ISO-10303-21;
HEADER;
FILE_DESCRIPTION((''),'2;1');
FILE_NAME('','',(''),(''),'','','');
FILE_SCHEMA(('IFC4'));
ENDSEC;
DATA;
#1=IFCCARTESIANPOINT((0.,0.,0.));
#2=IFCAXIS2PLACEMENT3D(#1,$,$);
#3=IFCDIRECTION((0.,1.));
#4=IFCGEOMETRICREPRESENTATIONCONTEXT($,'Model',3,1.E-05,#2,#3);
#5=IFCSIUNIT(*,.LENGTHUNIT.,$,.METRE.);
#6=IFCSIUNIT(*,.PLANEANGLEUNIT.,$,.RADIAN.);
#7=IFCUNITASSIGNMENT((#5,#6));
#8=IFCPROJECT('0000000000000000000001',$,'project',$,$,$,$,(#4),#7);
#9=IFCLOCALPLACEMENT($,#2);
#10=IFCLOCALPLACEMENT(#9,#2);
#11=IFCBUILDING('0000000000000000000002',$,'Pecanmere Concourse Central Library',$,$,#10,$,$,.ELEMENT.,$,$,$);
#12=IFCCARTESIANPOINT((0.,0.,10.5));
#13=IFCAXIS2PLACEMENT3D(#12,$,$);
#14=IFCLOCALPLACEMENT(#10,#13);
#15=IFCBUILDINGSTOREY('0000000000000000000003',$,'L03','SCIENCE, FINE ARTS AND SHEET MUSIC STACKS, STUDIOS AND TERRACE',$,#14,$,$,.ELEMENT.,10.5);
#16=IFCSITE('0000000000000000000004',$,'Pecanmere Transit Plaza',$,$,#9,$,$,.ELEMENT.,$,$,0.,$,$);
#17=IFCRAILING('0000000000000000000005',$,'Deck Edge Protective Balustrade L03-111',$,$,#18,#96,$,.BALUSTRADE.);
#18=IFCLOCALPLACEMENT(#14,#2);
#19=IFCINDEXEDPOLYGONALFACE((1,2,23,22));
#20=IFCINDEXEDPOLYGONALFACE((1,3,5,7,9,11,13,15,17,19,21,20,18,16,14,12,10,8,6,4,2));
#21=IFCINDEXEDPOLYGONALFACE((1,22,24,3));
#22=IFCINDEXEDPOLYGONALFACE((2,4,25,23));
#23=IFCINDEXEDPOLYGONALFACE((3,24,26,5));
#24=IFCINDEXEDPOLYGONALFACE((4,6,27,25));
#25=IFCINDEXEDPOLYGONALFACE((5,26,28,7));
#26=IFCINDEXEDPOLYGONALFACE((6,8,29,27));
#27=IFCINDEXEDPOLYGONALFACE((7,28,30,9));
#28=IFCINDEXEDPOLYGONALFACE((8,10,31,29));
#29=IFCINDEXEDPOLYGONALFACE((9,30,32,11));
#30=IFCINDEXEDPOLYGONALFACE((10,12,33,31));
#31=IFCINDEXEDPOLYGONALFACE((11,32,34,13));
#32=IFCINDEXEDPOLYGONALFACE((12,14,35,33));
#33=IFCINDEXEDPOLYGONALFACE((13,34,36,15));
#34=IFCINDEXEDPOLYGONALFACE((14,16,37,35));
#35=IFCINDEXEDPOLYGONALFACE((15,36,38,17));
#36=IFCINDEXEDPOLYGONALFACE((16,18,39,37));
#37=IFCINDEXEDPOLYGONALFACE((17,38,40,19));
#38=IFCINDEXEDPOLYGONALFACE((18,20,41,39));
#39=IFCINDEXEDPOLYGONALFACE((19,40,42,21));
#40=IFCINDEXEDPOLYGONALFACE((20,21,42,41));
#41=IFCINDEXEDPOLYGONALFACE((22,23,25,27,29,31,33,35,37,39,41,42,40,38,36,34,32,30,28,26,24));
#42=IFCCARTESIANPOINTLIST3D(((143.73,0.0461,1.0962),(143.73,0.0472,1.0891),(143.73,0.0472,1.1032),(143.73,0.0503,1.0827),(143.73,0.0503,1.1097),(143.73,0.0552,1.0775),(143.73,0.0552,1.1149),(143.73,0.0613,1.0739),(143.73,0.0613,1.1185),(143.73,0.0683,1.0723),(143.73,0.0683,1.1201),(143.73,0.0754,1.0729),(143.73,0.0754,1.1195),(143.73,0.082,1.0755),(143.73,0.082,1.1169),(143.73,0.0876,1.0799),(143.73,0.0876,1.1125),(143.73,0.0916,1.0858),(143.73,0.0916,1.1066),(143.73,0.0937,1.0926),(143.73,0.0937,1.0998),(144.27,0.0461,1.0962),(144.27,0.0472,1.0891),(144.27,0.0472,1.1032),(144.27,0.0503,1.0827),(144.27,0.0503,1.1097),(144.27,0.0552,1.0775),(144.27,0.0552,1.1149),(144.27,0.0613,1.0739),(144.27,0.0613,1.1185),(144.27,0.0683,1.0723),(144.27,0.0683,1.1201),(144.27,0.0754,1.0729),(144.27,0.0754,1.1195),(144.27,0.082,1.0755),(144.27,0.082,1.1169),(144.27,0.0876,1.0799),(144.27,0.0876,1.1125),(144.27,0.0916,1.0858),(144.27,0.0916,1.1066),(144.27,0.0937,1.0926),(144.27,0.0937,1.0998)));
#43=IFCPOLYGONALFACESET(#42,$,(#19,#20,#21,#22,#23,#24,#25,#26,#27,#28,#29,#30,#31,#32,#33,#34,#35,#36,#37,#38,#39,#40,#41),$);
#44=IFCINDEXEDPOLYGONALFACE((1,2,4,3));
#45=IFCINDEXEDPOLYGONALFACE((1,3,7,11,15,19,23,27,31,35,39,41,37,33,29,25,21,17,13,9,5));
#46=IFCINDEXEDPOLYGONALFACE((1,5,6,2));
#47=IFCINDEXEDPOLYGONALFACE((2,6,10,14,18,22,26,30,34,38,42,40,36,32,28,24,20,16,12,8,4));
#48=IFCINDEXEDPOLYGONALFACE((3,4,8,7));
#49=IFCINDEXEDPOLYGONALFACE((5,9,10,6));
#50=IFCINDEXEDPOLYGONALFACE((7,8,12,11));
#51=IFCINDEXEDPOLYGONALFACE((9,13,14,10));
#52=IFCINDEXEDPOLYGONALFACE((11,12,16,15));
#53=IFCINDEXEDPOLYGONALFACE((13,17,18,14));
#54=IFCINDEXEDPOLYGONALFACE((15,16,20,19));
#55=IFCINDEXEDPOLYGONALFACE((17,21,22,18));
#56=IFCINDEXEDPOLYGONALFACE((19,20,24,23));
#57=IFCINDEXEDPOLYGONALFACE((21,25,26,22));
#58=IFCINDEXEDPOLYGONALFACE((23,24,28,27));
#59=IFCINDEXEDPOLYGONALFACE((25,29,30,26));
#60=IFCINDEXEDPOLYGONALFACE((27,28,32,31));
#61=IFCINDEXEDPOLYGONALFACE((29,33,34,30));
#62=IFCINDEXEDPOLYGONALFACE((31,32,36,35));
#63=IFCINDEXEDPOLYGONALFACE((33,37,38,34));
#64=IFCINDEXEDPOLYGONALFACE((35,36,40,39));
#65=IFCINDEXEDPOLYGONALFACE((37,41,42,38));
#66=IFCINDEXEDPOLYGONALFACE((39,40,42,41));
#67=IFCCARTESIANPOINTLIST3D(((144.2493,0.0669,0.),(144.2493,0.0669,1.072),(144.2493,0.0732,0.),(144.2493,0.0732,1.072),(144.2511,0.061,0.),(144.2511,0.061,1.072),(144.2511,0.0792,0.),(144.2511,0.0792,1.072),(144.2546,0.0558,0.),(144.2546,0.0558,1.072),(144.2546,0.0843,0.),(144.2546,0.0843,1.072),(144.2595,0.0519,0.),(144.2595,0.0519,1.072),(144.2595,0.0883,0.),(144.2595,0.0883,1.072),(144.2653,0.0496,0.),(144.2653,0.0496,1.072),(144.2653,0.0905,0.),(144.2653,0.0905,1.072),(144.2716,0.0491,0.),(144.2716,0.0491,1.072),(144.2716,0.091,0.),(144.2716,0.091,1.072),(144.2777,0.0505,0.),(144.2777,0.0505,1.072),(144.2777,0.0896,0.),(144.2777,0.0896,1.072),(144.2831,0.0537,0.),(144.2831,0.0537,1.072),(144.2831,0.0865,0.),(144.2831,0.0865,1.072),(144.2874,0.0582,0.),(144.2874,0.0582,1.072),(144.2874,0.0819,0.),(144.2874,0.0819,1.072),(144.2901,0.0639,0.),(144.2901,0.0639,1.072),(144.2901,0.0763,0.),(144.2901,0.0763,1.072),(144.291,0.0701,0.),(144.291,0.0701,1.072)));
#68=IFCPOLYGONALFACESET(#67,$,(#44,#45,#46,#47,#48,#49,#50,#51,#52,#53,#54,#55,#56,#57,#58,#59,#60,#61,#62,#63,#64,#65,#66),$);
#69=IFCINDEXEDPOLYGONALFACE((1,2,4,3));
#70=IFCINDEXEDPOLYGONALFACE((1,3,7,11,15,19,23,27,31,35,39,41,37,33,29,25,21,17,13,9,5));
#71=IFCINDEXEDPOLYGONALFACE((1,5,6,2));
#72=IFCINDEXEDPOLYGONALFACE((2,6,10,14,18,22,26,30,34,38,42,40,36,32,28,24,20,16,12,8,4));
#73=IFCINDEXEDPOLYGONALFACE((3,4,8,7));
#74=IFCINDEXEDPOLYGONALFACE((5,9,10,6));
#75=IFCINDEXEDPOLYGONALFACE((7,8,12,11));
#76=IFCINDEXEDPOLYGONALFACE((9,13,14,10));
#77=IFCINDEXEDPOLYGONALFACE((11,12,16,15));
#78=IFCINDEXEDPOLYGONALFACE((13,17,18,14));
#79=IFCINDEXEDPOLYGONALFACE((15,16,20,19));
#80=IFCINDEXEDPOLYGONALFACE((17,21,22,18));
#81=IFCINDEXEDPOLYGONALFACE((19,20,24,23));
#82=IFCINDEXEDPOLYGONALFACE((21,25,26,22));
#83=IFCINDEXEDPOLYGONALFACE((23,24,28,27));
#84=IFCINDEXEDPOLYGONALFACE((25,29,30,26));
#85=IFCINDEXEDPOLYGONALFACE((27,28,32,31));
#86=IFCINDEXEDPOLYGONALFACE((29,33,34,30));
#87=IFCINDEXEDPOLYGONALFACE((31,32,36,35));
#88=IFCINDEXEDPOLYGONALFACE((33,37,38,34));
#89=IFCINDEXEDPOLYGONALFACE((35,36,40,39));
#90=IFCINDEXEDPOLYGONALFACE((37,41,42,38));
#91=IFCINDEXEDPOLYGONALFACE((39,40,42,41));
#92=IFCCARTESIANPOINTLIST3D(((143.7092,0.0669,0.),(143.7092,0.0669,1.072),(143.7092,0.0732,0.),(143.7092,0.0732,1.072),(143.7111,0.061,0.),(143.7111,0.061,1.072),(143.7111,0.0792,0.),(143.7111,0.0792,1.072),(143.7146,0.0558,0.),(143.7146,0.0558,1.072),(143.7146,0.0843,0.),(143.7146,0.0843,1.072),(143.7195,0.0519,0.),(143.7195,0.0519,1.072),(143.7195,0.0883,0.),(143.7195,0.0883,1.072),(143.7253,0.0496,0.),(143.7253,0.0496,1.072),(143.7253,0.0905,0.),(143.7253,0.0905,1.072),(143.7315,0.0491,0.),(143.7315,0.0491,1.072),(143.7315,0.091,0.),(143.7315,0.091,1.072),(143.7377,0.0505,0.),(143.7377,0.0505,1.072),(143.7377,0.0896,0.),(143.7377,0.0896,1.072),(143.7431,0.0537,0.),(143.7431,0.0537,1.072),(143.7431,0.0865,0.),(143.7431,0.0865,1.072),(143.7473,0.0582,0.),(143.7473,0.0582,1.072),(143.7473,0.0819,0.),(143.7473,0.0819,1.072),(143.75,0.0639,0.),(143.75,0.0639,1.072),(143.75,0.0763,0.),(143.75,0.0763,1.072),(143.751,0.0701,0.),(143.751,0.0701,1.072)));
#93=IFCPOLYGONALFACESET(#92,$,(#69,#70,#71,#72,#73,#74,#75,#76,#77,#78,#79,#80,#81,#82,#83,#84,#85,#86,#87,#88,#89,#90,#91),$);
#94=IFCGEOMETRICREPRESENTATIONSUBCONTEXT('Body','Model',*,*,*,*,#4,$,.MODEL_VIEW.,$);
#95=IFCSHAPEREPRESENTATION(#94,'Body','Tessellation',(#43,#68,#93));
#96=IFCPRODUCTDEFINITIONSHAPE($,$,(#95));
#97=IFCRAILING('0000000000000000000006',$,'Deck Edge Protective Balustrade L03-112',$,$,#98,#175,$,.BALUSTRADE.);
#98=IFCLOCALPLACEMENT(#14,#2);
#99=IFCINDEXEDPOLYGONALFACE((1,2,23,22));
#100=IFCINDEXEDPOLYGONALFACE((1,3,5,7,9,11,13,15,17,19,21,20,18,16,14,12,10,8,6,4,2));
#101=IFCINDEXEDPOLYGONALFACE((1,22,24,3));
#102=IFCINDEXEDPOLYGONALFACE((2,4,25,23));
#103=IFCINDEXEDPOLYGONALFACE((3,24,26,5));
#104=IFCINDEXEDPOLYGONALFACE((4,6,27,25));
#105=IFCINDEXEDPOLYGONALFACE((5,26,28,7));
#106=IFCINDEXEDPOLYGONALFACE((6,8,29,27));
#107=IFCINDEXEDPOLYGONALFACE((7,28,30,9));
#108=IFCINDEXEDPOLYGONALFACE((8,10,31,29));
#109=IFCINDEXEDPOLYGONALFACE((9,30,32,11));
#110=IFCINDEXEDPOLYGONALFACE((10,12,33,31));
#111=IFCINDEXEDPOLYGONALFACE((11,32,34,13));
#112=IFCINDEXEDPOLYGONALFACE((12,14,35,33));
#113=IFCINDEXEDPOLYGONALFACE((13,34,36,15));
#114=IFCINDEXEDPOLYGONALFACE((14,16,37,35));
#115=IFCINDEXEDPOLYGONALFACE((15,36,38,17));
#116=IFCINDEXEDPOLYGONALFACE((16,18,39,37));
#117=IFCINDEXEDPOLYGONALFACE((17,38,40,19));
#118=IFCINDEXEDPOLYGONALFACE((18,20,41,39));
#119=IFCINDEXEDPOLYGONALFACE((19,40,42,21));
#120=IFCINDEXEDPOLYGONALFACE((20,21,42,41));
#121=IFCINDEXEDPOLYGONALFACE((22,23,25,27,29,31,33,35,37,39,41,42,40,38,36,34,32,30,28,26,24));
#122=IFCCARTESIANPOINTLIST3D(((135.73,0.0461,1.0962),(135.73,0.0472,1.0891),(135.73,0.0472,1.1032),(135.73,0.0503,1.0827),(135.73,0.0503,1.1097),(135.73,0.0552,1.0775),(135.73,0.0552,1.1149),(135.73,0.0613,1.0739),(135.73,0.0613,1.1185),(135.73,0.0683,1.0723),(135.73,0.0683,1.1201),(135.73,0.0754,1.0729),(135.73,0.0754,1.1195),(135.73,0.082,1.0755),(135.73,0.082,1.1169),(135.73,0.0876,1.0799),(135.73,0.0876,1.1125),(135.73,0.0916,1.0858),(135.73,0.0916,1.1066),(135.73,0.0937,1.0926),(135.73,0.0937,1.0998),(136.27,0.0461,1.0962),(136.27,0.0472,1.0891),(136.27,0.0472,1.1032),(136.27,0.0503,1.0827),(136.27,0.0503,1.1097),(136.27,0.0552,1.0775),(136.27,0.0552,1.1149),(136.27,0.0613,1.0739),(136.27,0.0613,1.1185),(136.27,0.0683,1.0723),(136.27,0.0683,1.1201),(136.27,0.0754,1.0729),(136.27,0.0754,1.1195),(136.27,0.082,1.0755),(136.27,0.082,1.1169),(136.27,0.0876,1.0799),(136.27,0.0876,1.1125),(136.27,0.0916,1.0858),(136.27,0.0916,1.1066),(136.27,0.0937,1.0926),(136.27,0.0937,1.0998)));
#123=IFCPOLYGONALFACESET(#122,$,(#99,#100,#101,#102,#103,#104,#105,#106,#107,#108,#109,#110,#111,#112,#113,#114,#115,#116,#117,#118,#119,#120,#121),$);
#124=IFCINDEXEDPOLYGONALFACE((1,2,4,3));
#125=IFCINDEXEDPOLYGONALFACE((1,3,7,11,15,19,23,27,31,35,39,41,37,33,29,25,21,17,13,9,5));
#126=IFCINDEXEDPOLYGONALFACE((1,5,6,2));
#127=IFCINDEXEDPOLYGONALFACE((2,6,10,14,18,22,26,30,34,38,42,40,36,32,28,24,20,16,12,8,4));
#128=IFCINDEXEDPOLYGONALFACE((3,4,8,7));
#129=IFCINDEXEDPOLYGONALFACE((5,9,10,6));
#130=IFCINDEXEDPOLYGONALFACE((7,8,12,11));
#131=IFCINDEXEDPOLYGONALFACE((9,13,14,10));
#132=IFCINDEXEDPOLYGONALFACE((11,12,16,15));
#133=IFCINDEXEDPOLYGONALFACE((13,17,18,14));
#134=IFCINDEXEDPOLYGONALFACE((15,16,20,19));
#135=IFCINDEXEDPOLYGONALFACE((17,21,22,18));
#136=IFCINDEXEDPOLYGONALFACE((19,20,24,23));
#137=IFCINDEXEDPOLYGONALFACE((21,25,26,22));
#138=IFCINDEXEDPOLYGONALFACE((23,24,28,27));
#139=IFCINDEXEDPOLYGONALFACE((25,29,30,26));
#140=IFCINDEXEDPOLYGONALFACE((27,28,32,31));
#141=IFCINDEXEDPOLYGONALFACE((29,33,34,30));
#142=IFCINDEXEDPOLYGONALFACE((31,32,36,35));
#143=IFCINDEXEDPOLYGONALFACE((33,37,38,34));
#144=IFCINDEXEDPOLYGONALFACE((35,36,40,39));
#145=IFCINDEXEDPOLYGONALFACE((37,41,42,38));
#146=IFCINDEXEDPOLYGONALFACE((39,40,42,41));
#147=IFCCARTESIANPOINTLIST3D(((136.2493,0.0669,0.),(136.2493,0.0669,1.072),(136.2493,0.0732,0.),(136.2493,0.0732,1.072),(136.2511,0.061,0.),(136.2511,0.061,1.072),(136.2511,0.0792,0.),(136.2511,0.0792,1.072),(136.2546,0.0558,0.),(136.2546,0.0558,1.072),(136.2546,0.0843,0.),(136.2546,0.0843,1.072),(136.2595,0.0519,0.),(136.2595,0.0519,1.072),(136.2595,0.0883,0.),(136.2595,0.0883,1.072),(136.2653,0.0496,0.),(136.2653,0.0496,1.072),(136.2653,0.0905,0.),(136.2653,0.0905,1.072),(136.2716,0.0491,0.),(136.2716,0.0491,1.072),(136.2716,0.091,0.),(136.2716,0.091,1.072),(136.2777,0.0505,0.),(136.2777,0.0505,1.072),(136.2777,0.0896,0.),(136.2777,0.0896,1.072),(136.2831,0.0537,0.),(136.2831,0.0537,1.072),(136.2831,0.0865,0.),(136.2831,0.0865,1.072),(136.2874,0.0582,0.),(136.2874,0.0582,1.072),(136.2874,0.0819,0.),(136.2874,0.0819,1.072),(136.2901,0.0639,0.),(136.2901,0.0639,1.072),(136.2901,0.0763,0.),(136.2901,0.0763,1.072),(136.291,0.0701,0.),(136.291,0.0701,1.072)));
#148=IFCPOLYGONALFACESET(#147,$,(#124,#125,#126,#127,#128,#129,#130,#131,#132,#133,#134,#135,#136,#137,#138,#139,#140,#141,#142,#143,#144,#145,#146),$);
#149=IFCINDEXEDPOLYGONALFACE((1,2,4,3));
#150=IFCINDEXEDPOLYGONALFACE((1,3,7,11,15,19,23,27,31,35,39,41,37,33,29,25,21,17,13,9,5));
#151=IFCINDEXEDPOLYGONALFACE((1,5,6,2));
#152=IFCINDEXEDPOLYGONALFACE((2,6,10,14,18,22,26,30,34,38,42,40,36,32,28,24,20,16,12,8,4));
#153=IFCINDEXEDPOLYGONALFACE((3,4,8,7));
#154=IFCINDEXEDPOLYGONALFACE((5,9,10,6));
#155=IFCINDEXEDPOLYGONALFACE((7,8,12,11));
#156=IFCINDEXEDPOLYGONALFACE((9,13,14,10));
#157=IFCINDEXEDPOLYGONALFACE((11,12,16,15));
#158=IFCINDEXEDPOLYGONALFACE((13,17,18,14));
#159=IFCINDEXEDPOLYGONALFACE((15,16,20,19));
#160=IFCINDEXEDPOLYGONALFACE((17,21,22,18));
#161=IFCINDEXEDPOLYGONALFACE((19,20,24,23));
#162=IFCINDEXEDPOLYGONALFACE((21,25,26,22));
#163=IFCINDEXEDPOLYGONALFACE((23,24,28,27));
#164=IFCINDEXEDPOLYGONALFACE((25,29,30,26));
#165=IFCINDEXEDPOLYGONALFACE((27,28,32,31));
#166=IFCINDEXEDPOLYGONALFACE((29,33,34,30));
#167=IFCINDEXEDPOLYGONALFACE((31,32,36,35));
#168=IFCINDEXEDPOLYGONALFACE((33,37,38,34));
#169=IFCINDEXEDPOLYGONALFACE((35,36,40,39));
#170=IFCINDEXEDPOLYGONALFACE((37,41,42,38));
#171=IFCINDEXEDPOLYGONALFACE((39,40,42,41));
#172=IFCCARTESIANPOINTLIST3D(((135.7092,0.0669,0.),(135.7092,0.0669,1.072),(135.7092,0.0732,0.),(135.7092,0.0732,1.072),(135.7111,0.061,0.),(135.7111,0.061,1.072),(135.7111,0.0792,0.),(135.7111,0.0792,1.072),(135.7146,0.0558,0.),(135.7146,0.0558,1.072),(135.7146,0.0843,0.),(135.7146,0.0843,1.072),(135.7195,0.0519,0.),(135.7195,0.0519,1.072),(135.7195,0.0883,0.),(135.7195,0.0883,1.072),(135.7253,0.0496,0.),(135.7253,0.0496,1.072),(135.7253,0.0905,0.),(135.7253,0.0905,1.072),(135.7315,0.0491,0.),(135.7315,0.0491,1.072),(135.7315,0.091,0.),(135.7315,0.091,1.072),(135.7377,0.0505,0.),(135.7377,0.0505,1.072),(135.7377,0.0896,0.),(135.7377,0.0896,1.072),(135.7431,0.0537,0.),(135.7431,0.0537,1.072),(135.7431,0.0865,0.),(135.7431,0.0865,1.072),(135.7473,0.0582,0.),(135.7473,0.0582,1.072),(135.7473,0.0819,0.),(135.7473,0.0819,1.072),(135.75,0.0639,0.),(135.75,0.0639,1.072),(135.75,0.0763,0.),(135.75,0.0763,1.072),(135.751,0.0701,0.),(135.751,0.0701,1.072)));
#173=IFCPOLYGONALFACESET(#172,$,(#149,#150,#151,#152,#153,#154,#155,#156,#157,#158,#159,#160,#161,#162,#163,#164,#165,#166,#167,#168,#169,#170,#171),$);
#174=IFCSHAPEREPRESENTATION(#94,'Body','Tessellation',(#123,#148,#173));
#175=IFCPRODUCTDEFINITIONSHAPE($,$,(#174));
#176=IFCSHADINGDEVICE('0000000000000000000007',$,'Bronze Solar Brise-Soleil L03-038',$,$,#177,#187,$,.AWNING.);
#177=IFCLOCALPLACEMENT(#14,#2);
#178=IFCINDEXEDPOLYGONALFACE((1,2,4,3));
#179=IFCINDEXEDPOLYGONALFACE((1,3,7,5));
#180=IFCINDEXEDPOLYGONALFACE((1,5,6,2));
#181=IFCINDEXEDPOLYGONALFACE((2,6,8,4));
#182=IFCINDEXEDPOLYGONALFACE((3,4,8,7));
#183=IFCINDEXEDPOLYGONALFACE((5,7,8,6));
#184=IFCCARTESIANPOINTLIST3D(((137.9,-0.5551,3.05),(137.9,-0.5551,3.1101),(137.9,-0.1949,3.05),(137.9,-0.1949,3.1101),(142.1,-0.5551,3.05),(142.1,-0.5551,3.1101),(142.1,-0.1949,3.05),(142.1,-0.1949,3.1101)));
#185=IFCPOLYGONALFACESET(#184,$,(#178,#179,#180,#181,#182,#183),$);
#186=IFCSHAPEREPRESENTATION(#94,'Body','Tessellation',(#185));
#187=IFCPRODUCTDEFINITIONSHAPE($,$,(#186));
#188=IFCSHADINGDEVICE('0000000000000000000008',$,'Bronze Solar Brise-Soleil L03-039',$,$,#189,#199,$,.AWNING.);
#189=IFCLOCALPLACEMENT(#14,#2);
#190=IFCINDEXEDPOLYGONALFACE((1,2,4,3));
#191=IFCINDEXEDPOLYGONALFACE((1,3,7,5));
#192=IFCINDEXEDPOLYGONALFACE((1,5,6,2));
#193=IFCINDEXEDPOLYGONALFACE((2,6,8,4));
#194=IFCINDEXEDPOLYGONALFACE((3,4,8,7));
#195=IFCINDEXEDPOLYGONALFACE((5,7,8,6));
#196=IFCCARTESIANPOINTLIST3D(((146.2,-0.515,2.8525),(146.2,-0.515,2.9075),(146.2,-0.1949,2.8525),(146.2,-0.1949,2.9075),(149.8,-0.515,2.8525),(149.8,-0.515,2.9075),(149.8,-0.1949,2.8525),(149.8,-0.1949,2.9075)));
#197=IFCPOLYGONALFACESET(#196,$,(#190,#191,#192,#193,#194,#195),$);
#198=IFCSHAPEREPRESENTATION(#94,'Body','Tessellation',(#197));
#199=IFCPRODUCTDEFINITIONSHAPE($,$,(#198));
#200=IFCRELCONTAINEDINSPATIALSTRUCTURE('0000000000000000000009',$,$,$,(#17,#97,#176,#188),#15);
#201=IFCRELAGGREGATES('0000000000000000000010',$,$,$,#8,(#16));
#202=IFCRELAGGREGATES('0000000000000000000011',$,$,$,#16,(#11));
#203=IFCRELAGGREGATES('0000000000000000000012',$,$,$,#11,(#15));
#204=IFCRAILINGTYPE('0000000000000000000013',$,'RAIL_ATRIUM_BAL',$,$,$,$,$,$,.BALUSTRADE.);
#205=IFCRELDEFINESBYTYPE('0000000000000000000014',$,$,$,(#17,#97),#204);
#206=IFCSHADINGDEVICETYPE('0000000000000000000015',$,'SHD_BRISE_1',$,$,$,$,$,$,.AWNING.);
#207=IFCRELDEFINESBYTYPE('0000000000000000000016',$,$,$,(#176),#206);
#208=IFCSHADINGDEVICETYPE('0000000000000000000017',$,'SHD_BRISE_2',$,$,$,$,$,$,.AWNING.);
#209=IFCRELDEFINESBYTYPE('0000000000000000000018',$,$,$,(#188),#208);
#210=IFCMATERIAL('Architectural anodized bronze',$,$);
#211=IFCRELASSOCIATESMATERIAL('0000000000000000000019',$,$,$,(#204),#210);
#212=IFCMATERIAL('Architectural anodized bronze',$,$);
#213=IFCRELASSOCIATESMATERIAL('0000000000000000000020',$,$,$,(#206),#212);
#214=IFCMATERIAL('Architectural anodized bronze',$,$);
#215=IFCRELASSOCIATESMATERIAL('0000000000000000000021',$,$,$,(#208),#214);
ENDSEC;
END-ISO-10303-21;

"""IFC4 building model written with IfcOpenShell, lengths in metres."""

from ifc_helpers import new_model, si_unit, direction, frame, origin, origin_2d, place, context, subcontext, project, spatial, rectangle, circle, extrude, material, type_object, element, save


model = new_model("IFC4")

# Units and contexts
model_context = context("Model", 3, precision=1e-05, world=origin(), true_north=direction((0.0, 1.0)))
body_context = subcontext(model_context, "Body", "Model", "MODEL_VIEW")
ifc_project = project(units=[si_unit("LENGTHUNIT", "METRE"), si_unit("PLANEANGLEUNIT", "RADIAN")], contexts=[model_context])

# Site, building, storey
site_placement = place(None, origin())
site = spatial("IfcSite", under=ifc_project, at=site_placement, Name="Pecanmere Transit Plaza", CompositionType="ELEMENT", RefElevation=0.0)
building_placement = place(site_placement, origin())
building = spatial("IfcBuilding", under=site, at=building_placement, Name="Pecanmere Concourse Central Library", CompositionType="ELEMENT")
storey_placement = place(building_placement, frame((0.0, 0.0, 10.5)))
storey = spatial("IfcBuildingStorey", under=building, at=storey_placement, Name="L03", Description="SCIENCE, FINE ARTS AND SHEET MUSIC STACKS, STUDIOS AND TERRACE", CompositionType="ELEMENT", Elevation=10.5)

# Railings
ifc_material_1 = material(Name="Architectural anodized bronze")
railing_type = type_object("IfcRailingType", Name="RAIL_ATRIUM_BAL", PredefinedType="BALUSTRADE", material=ifc_material_1)
for number, where, name in (
    (1, (144.27, 0.0701, 0.0), "Deck Edge Protective Balustrade L03-111"),
    (2, (136.27, 0.0701, 0.0), "Deck Edge Protective Balustrade L03-112"),
):
    element("IfcRailing", number, at=place(storey_placement, frame(where)), inside=storey, type_object=railing_type, Name=name, PredefinedType="BALUSTRADE", context=body_context, shape_type="SweptSolid", body=[
        extrude(circle(Radius=0.0239, at=origin_2d()), frame((0.0, 0.0, 1.0962), z_axis=(-1.0, 0.0, 0.0), x_axis=(0.0, -1.0, 0.0)), (0.0, 0.0, 1.0), 0.54),
        extrude(circle(Radius=0.021, at=origin_2d()), origin(), (0.0, 0.0, 1.0), 1.072),
        extrude(circle(Radius=0.021, at=origin_2d()), frame((-0.54, 0.0, 0.0)), (0.0, 0.0, 1.0), 1.072),
    ])

# Shading devices
ifc_material_2 = material(Name="Architectural anodized bronze")
shading_device_type_1 = type_object("IfcShadingDeviceType", Name="SHD_BRISE_1", PredefinedType="AWNING", material=ifc_material_2)
shading_device_1_placement = place(storey_placement, frame((140.0, -0.375, 3.05), z_axis=(0.0, 0.0, 1.0), x_axis=(1.0, 0.0, 0.0)))
element("IfcShadingDevice", 3, at=shading_device_1_placement, inside=storey, type_object=shading_device_type_1, Name="Bronze Solar Brise-Soleil L03-038", PredefinedType="AWNING", context=body_context, shape_type="SweptSolid", body=[
    extrude(rectangle(XDim=4.2, YDim=0.3601, at=origin_2d()), origin(), (0.0, 0.0, 1.0), 0.0601),
])
ifc_material_3 = material(Name="Architectural anodized bronze")
shading_device_type_2 = type_object("IfcShadingDeviceType", Name="SHD_BRISE_2", PredefinedType="AWNING", material=ifc_material_3)
shading_device_2_placement = place(storey_placement, frame((148.0, -0.355, 2.8525), z_axis=(0.0, 0.0, 1.0), x_axis=(1.0, 0.0, 0.0)))
element("IfcShadingDevice", 4, at=shading_device_2_placement, inside=storey, type_object=shading_device_type_2, Name="Bronze Solar Brise-Soleil L03-039", PredefinedType="AWNING", context=body_context, shape_type="SweptSolid", body=[
    extrude(rectangle(XDim=3.6001, YDim=0.3201, at=origin_2d()), origin(), (0.0, 0.0, 1.0), 0.0549),
])

save(model, "model.ifc")
